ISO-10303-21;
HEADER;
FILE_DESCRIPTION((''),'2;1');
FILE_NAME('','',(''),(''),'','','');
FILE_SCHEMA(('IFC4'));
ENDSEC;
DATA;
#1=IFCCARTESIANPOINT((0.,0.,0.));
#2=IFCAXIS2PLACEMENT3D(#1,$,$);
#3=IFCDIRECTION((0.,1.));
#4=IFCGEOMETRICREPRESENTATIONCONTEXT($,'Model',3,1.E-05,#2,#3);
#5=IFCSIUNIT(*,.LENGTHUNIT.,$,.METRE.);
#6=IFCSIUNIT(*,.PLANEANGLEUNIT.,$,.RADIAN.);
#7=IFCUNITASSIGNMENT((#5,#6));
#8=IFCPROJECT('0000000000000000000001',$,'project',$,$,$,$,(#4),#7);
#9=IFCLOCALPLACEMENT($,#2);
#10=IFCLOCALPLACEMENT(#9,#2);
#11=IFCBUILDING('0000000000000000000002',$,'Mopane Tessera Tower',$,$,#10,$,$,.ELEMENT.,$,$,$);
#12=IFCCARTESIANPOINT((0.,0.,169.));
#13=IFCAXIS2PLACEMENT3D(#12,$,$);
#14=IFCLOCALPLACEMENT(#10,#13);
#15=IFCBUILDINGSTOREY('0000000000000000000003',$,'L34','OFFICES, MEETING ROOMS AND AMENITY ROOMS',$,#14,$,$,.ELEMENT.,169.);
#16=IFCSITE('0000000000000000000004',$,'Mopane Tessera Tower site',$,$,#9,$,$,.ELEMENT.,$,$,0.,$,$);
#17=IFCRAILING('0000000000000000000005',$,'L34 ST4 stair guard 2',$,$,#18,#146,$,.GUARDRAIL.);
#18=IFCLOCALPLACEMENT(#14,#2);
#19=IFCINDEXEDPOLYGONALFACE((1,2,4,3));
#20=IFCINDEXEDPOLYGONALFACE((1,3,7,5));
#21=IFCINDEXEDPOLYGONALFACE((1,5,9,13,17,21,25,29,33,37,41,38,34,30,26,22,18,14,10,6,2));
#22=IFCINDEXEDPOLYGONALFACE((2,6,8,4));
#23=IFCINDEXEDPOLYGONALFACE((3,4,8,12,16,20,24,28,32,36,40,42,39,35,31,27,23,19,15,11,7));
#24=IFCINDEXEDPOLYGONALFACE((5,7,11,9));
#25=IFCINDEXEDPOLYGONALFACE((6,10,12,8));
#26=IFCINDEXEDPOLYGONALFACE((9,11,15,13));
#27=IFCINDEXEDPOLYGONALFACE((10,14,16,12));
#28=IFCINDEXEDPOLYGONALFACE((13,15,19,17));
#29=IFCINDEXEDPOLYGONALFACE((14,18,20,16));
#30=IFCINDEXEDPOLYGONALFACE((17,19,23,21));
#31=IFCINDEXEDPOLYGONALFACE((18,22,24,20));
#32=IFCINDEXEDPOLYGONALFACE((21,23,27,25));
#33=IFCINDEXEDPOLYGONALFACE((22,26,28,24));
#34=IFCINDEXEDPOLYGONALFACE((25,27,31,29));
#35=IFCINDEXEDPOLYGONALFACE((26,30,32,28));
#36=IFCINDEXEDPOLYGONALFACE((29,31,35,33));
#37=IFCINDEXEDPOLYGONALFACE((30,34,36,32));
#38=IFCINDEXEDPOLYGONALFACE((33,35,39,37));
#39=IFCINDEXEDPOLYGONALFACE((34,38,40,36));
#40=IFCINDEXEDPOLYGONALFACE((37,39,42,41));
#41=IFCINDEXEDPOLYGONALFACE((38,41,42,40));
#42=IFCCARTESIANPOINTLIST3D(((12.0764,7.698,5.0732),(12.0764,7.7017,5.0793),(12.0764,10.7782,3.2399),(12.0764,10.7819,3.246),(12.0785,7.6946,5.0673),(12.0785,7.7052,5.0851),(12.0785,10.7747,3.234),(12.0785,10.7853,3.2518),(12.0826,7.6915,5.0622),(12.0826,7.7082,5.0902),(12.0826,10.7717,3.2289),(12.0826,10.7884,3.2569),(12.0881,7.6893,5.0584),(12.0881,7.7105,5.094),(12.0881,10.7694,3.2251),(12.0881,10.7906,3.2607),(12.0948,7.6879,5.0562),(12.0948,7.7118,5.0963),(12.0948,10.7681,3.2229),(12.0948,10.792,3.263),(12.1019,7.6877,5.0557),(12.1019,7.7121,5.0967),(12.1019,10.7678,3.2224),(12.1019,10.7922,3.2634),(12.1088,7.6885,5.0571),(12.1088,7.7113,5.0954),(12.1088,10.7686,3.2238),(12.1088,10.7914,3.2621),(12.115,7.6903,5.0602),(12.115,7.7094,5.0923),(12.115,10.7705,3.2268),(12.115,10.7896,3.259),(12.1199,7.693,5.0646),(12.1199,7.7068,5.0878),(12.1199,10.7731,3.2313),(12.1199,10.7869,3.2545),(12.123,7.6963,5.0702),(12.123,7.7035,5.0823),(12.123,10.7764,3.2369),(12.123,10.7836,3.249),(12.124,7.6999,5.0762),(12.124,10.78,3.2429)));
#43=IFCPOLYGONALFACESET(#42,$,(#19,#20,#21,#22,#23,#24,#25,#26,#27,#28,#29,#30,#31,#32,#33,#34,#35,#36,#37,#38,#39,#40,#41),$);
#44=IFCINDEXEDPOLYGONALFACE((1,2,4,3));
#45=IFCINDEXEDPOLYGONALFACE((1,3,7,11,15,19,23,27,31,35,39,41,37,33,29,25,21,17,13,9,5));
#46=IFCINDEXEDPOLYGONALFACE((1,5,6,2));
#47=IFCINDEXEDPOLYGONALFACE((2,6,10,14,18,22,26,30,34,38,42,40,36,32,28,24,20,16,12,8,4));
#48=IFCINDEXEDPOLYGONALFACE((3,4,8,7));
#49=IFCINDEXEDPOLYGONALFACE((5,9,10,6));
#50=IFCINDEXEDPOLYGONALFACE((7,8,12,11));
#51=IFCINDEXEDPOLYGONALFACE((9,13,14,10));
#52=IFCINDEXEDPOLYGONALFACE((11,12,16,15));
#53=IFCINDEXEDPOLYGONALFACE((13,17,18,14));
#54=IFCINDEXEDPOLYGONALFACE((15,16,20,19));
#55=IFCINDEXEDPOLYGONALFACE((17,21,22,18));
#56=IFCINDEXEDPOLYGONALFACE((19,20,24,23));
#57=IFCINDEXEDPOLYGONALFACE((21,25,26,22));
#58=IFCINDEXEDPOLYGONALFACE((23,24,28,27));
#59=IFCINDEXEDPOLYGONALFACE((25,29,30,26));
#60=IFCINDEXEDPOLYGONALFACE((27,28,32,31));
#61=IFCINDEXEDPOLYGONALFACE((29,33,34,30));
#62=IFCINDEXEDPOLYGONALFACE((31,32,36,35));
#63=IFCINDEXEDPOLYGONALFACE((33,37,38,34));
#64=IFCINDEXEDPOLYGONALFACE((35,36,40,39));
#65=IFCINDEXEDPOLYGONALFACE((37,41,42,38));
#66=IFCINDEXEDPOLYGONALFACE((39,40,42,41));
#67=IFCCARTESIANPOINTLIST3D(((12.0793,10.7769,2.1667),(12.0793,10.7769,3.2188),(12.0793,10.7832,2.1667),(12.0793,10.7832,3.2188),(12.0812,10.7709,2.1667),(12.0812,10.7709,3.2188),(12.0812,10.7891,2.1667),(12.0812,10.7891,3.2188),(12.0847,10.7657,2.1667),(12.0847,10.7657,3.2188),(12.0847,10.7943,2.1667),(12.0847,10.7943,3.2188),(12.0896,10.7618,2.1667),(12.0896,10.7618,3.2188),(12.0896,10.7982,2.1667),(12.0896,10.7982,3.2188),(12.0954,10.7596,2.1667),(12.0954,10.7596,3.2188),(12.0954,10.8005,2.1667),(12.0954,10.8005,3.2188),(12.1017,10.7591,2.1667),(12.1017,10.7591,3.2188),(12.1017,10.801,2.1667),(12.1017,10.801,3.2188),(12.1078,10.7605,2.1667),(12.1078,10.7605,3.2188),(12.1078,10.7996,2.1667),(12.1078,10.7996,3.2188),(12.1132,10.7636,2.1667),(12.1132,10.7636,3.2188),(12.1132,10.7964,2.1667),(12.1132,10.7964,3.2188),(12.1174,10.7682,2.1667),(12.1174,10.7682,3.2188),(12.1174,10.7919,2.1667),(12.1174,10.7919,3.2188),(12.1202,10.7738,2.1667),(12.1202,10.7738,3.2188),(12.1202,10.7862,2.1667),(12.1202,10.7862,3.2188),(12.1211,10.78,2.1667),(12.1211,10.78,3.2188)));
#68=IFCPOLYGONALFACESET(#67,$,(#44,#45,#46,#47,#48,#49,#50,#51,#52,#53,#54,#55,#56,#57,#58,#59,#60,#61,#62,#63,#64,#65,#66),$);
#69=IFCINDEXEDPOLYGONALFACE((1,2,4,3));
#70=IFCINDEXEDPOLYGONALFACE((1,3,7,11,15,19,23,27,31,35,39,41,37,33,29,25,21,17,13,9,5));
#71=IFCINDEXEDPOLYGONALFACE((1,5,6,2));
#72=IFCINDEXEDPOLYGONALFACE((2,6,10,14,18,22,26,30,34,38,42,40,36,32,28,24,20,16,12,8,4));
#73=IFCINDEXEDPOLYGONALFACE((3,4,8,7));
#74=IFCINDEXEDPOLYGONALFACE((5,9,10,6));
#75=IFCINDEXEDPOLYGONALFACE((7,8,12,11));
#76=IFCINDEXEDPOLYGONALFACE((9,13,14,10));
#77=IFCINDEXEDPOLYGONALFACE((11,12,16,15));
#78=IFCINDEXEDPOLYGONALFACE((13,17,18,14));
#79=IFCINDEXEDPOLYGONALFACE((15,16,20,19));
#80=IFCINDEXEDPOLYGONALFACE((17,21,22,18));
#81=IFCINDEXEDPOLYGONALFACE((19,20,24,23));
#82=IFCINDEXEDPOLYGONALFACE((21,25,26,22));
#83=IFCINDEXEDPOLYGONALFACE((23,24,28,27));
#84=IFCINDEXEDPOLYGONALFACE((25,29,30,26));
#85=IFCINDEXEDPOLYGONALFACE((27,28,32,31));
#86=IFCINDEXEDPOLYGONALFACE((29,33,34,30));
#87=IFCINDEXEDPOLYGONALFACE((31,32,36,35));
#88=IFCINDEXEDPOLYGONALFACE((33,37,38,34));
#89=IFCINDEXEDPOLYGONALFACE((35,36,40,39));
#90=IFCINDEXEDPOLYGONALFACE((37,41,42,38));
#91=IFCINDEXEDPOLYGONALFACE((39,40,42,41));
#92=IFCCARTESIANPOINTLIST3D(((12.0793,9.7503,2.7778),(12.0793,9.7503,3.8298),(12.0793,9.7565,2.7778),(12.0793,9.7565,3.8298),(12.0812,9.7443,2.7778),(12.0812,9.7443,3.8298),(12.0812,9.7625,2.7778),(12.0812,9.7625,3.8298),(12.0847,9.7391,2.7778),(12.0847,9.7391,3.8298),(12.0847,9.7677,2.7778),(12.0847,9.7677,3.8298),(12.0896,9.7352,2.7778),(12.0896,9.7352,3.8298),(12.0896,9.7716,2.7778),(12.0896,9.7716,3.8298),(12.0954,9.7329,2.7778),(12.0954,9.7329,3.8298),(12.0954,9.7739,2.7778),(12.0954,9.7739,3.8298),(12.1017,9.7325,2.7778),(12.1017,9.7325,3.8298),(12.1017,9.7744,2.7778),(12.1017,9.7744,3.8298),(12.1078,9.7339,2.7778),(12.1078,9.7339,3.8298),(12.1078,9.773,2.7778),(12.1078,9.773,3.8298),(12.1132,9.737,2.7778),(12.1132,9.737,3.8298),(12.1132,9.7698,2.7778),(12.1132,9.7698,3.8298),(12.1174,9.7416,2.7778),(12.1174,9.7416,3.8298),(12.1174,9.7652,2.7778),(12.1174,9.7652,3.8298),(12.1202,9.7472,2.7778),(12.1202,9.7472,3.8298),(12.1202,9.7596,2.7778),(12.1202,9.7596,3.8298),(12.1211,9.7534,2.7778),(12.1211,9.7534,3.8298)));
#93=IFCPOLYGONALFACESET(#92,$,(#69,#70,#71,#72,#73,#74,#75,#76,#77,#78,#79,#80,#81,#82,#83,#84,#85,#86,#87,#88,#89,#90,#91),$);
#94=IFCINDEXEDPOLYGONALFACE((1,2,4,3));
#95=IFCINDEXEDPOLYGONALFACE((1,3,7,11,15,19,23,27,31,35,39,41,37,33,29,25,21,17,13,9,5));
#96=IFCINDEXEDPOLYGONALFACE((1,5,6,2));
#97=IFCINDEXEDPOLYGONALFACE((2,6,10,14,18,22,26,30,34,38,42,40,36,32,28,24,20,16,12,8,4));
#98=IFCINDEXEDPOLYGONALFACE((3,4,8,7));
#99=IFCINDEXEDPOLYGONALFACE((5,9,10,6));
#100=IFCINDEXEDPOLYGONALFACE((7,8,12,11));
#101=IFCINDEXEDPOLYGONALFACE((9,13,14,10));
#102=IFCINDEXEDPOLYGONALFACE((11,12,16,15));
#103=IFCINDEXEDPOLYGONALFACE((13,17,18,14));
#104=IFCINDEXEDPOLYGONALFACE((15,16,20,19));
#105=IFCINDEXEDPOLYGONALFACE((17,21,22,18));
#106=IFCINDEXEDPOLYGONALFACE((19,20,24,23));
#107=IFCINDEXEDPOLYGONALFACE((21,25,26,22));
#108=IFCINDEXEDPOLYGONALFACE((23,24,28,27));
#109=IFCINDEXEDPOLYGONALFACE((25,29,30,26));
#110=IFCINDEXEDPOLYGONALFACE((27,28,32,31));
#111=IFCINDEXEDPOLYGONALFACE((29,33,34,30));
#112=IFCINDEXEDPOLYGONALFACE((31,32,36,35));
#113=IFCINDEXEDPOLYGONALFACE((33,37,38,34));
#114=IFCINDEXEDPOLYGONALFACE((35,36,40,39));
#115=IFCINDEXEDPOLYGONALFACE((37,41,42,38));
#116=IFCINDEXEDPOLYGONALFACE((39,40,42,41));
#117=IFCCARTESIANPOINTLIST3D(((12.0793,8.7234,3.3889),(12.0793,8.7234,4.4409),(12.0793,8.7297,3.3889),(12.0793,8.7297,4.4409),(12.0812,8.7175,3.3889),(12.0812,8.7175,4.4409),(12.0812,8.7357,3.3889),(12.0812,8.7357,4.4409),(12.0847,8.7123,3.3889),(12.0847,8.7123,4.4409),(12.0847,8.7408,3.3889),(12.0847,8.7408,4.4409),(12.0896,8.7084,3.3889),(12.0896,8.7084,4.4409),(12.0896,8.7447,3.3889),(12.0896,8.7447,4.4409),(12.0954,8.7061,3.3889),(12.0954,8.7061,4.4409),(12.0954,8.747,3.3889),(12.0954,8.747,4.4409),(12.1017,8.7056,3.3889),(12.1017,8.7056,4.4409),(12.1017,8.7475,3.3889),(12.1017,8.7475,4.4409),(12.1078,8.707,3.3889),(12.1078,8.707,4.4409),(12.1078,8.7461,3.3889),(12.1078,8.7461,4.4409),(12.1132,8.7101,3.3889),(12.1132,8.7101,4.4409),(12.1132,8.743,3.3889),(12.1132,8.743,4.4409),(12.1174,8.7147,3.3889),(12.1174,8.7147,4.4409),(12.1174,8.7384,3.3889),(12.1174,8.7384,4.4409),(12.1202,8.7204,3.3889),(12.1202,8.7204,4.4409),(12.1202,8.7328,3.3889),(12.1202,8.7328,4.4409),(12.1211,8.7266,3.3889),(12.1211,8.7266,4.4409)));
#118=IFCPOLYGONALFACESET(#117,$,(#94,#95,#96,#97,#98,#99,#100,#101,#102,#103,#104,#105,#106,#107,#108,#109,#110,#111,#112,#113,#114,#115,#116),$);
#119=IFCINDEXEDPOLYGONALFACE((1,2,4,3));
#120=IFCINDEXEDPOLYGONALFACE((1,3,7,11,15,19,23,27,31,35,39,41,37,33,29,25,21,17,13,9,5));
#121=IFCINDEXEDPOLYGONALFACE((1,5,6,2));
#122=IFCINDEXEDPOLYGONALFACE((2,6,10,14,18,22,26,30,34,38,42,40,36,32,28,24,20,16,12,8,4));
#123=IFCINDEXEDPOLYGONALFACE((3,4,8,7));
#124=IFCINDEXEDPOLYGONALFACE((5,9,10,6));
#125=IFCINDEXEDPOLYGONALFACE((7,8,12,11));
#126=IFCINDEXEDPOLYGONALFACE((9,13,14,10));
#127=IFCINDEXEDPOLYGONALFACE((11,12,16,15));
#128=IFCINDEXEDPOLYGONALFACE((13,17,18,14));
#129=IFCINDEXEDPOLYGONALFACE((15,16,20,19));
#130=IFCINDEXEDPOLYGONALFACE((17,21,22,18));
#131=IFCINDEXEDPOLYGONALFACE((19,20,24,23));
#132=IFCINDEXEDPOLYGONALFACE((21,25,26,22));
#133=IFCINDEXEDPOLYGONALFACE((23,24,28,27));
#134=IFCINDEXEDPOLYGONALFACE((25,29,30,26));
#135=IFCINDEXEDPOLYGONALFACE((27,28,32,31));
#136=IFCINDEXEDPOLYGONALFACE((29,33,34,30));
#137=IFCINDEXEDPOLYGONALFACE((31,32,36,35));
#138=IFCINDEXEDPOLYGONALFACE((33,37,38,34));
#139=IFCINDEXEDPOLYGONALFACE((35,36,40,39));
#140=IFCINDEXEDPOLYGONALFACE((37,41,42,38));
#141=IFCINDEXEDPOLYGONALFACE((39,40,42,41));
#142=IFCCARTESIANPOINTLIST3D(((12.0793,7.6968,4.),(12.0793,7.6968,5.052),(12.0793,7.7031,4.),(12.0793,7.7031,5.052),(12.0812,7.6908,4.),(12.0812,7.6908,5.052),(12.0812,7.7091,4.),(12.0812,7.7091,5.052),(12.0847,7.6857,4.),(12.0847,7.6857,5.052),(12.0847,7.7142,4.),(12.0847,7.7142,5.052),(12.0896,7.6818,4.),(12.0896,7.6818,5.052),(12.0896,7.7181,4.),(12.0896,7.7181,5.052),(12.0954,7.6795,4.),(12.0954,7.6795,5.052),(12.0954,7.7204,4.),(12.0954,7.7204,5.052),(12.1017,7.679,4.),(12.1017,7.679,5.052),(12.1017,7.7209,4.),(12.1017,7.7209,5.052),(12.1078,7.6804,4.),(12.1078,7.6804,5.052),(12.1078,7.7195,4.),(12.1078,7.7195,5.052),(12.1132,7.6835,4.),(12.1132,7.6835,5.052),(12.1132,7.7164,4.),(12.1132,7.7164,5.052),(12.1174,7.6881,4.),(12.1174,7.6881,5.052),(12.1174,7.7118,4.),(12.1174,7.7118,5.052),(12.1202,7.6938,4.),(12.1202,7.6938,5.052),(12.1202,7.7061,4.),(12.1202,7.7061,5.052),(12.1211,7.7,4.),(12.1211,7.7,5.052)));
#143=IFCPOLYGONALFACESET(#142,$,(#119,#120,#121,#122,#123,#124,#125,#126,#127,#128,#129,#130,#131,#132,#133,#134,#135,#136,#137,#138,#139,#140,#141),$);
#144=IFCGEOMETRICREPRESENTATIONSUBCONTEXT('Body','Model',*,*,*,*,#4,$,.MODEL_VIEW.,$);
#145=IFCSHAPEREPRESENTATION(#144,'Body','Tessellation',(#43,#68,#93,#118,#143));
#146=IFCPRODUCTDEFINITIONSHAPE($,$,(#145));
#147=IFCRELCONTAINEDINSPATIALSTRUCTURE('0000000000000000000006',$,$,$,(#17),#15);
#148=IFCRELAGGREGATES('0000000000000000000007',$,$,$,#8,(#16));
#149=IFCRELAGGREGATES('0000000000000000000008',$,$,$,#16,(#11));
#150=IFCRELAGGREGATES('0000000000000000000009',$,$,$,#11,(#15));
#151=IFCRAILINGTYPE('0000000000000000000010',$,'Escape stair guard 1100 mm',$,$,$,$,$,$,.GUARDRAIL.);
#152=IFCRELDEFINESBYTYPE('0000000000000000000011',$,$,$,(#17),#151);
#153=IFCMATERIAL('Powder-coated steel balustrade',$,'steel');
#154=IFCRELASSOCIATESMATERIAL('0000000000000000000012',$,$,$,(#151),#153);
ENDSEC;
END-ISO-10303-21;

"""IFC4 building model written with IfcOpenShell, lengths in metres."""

from ifc_helpers import new_model, si_unit, direction, frame, origin, origin_2d, place, context, subcontext, project, spatial, circle, extrude, material, type_object, element, save


model = new_model("IFC4")

# Units and contexts
model_context = context("Model", 3, precision=1e-05, world=origin(), true_north=direction((0.0, 1.0)))
body_context = subcontext(model_context, "Body", "Model", "MODEL_VIEW")
ifc_project = project(units=[si_unit("LENGTHUNIT", "METRE"), si_unit("PLANEANGLEUNIT", "RADIAN")], contexts=[model_context])

# Site, building, storey
site_placement = place(None, origin())
site = spatial("IfcSite", under=ifc_project, at=site_placement, Name="Mopane Tessera Tower site", CompositionType="ELEMENT", RefElevation=0.0)
building_placement = place(site_placement, origin())
building = spatial("IfcBuilding", under=site, at=building_placement, Name="Mopane Tessera Tower", CompositionType="ELEMENT")
storey_placement = place(building_placement, frame((0.0, 0.0, 169.0)))
storey = spatial("IfcBuildingStorey", under=building, at=storey_placement, Name="L34", Description="OFFICES, MEETING ROOMS AND AMENITY ROOMS", CompositionType="ELEMENT", Elevation=169.0)

# Railing
ifc_material_1 = material(Name="Powder-coated steel balustrade", Category="steel")
railing_type_1 = type_object("IfcRailingType", Name="Escape stair guard 1100 mm", PredefinedType="GUARDRAIL", material=ifc_material_1)
railing_1_placement = place(storey_placement, frame((12.1001, 10.78, 2.1667)))
element("IfcRailing", 1, at=railing_1_placement, inside=storey, type_object=railing_type_1, Name="L34 ST4 stair guard 2", PredefinedType="GUARDRAIL", context=body_context, shape_type="SweptSolid", body=[
    extrude(circle(Radius=0.0239, at=origin_2d()), frame((0.0, 0.0, 1.0762), z_axis=(0.0, -0.859309, 0.511458), x_axis=(1.0, 0.0, 0.0)), (0.0, 0.0, 1.0), 3.5845),
    extrude(circle(Radius=0.021, at=origin_2d()), origin(), (0.0, 0.0, 1.0), 1.052),
    extrude(circle(Radius=0.021, at=origin_2d()), frame((0.0, -1.0266, 0.6111)), (0.0, 0.0, 1.0), 1.052),
    extrude(circle(Radius=0.021, at=origin_2d()), frame((0.0, -2.0535, 1.2222)), (0.0, 0.0, 1.0), 1.052),
    extrude(circle(Radius=0.021, at=origin_2d()), frame((0.0, -3.0801, 1.8333)), (0.0, 0.0, 1.0), 1.052),
])

save(model, "model.ifc")
